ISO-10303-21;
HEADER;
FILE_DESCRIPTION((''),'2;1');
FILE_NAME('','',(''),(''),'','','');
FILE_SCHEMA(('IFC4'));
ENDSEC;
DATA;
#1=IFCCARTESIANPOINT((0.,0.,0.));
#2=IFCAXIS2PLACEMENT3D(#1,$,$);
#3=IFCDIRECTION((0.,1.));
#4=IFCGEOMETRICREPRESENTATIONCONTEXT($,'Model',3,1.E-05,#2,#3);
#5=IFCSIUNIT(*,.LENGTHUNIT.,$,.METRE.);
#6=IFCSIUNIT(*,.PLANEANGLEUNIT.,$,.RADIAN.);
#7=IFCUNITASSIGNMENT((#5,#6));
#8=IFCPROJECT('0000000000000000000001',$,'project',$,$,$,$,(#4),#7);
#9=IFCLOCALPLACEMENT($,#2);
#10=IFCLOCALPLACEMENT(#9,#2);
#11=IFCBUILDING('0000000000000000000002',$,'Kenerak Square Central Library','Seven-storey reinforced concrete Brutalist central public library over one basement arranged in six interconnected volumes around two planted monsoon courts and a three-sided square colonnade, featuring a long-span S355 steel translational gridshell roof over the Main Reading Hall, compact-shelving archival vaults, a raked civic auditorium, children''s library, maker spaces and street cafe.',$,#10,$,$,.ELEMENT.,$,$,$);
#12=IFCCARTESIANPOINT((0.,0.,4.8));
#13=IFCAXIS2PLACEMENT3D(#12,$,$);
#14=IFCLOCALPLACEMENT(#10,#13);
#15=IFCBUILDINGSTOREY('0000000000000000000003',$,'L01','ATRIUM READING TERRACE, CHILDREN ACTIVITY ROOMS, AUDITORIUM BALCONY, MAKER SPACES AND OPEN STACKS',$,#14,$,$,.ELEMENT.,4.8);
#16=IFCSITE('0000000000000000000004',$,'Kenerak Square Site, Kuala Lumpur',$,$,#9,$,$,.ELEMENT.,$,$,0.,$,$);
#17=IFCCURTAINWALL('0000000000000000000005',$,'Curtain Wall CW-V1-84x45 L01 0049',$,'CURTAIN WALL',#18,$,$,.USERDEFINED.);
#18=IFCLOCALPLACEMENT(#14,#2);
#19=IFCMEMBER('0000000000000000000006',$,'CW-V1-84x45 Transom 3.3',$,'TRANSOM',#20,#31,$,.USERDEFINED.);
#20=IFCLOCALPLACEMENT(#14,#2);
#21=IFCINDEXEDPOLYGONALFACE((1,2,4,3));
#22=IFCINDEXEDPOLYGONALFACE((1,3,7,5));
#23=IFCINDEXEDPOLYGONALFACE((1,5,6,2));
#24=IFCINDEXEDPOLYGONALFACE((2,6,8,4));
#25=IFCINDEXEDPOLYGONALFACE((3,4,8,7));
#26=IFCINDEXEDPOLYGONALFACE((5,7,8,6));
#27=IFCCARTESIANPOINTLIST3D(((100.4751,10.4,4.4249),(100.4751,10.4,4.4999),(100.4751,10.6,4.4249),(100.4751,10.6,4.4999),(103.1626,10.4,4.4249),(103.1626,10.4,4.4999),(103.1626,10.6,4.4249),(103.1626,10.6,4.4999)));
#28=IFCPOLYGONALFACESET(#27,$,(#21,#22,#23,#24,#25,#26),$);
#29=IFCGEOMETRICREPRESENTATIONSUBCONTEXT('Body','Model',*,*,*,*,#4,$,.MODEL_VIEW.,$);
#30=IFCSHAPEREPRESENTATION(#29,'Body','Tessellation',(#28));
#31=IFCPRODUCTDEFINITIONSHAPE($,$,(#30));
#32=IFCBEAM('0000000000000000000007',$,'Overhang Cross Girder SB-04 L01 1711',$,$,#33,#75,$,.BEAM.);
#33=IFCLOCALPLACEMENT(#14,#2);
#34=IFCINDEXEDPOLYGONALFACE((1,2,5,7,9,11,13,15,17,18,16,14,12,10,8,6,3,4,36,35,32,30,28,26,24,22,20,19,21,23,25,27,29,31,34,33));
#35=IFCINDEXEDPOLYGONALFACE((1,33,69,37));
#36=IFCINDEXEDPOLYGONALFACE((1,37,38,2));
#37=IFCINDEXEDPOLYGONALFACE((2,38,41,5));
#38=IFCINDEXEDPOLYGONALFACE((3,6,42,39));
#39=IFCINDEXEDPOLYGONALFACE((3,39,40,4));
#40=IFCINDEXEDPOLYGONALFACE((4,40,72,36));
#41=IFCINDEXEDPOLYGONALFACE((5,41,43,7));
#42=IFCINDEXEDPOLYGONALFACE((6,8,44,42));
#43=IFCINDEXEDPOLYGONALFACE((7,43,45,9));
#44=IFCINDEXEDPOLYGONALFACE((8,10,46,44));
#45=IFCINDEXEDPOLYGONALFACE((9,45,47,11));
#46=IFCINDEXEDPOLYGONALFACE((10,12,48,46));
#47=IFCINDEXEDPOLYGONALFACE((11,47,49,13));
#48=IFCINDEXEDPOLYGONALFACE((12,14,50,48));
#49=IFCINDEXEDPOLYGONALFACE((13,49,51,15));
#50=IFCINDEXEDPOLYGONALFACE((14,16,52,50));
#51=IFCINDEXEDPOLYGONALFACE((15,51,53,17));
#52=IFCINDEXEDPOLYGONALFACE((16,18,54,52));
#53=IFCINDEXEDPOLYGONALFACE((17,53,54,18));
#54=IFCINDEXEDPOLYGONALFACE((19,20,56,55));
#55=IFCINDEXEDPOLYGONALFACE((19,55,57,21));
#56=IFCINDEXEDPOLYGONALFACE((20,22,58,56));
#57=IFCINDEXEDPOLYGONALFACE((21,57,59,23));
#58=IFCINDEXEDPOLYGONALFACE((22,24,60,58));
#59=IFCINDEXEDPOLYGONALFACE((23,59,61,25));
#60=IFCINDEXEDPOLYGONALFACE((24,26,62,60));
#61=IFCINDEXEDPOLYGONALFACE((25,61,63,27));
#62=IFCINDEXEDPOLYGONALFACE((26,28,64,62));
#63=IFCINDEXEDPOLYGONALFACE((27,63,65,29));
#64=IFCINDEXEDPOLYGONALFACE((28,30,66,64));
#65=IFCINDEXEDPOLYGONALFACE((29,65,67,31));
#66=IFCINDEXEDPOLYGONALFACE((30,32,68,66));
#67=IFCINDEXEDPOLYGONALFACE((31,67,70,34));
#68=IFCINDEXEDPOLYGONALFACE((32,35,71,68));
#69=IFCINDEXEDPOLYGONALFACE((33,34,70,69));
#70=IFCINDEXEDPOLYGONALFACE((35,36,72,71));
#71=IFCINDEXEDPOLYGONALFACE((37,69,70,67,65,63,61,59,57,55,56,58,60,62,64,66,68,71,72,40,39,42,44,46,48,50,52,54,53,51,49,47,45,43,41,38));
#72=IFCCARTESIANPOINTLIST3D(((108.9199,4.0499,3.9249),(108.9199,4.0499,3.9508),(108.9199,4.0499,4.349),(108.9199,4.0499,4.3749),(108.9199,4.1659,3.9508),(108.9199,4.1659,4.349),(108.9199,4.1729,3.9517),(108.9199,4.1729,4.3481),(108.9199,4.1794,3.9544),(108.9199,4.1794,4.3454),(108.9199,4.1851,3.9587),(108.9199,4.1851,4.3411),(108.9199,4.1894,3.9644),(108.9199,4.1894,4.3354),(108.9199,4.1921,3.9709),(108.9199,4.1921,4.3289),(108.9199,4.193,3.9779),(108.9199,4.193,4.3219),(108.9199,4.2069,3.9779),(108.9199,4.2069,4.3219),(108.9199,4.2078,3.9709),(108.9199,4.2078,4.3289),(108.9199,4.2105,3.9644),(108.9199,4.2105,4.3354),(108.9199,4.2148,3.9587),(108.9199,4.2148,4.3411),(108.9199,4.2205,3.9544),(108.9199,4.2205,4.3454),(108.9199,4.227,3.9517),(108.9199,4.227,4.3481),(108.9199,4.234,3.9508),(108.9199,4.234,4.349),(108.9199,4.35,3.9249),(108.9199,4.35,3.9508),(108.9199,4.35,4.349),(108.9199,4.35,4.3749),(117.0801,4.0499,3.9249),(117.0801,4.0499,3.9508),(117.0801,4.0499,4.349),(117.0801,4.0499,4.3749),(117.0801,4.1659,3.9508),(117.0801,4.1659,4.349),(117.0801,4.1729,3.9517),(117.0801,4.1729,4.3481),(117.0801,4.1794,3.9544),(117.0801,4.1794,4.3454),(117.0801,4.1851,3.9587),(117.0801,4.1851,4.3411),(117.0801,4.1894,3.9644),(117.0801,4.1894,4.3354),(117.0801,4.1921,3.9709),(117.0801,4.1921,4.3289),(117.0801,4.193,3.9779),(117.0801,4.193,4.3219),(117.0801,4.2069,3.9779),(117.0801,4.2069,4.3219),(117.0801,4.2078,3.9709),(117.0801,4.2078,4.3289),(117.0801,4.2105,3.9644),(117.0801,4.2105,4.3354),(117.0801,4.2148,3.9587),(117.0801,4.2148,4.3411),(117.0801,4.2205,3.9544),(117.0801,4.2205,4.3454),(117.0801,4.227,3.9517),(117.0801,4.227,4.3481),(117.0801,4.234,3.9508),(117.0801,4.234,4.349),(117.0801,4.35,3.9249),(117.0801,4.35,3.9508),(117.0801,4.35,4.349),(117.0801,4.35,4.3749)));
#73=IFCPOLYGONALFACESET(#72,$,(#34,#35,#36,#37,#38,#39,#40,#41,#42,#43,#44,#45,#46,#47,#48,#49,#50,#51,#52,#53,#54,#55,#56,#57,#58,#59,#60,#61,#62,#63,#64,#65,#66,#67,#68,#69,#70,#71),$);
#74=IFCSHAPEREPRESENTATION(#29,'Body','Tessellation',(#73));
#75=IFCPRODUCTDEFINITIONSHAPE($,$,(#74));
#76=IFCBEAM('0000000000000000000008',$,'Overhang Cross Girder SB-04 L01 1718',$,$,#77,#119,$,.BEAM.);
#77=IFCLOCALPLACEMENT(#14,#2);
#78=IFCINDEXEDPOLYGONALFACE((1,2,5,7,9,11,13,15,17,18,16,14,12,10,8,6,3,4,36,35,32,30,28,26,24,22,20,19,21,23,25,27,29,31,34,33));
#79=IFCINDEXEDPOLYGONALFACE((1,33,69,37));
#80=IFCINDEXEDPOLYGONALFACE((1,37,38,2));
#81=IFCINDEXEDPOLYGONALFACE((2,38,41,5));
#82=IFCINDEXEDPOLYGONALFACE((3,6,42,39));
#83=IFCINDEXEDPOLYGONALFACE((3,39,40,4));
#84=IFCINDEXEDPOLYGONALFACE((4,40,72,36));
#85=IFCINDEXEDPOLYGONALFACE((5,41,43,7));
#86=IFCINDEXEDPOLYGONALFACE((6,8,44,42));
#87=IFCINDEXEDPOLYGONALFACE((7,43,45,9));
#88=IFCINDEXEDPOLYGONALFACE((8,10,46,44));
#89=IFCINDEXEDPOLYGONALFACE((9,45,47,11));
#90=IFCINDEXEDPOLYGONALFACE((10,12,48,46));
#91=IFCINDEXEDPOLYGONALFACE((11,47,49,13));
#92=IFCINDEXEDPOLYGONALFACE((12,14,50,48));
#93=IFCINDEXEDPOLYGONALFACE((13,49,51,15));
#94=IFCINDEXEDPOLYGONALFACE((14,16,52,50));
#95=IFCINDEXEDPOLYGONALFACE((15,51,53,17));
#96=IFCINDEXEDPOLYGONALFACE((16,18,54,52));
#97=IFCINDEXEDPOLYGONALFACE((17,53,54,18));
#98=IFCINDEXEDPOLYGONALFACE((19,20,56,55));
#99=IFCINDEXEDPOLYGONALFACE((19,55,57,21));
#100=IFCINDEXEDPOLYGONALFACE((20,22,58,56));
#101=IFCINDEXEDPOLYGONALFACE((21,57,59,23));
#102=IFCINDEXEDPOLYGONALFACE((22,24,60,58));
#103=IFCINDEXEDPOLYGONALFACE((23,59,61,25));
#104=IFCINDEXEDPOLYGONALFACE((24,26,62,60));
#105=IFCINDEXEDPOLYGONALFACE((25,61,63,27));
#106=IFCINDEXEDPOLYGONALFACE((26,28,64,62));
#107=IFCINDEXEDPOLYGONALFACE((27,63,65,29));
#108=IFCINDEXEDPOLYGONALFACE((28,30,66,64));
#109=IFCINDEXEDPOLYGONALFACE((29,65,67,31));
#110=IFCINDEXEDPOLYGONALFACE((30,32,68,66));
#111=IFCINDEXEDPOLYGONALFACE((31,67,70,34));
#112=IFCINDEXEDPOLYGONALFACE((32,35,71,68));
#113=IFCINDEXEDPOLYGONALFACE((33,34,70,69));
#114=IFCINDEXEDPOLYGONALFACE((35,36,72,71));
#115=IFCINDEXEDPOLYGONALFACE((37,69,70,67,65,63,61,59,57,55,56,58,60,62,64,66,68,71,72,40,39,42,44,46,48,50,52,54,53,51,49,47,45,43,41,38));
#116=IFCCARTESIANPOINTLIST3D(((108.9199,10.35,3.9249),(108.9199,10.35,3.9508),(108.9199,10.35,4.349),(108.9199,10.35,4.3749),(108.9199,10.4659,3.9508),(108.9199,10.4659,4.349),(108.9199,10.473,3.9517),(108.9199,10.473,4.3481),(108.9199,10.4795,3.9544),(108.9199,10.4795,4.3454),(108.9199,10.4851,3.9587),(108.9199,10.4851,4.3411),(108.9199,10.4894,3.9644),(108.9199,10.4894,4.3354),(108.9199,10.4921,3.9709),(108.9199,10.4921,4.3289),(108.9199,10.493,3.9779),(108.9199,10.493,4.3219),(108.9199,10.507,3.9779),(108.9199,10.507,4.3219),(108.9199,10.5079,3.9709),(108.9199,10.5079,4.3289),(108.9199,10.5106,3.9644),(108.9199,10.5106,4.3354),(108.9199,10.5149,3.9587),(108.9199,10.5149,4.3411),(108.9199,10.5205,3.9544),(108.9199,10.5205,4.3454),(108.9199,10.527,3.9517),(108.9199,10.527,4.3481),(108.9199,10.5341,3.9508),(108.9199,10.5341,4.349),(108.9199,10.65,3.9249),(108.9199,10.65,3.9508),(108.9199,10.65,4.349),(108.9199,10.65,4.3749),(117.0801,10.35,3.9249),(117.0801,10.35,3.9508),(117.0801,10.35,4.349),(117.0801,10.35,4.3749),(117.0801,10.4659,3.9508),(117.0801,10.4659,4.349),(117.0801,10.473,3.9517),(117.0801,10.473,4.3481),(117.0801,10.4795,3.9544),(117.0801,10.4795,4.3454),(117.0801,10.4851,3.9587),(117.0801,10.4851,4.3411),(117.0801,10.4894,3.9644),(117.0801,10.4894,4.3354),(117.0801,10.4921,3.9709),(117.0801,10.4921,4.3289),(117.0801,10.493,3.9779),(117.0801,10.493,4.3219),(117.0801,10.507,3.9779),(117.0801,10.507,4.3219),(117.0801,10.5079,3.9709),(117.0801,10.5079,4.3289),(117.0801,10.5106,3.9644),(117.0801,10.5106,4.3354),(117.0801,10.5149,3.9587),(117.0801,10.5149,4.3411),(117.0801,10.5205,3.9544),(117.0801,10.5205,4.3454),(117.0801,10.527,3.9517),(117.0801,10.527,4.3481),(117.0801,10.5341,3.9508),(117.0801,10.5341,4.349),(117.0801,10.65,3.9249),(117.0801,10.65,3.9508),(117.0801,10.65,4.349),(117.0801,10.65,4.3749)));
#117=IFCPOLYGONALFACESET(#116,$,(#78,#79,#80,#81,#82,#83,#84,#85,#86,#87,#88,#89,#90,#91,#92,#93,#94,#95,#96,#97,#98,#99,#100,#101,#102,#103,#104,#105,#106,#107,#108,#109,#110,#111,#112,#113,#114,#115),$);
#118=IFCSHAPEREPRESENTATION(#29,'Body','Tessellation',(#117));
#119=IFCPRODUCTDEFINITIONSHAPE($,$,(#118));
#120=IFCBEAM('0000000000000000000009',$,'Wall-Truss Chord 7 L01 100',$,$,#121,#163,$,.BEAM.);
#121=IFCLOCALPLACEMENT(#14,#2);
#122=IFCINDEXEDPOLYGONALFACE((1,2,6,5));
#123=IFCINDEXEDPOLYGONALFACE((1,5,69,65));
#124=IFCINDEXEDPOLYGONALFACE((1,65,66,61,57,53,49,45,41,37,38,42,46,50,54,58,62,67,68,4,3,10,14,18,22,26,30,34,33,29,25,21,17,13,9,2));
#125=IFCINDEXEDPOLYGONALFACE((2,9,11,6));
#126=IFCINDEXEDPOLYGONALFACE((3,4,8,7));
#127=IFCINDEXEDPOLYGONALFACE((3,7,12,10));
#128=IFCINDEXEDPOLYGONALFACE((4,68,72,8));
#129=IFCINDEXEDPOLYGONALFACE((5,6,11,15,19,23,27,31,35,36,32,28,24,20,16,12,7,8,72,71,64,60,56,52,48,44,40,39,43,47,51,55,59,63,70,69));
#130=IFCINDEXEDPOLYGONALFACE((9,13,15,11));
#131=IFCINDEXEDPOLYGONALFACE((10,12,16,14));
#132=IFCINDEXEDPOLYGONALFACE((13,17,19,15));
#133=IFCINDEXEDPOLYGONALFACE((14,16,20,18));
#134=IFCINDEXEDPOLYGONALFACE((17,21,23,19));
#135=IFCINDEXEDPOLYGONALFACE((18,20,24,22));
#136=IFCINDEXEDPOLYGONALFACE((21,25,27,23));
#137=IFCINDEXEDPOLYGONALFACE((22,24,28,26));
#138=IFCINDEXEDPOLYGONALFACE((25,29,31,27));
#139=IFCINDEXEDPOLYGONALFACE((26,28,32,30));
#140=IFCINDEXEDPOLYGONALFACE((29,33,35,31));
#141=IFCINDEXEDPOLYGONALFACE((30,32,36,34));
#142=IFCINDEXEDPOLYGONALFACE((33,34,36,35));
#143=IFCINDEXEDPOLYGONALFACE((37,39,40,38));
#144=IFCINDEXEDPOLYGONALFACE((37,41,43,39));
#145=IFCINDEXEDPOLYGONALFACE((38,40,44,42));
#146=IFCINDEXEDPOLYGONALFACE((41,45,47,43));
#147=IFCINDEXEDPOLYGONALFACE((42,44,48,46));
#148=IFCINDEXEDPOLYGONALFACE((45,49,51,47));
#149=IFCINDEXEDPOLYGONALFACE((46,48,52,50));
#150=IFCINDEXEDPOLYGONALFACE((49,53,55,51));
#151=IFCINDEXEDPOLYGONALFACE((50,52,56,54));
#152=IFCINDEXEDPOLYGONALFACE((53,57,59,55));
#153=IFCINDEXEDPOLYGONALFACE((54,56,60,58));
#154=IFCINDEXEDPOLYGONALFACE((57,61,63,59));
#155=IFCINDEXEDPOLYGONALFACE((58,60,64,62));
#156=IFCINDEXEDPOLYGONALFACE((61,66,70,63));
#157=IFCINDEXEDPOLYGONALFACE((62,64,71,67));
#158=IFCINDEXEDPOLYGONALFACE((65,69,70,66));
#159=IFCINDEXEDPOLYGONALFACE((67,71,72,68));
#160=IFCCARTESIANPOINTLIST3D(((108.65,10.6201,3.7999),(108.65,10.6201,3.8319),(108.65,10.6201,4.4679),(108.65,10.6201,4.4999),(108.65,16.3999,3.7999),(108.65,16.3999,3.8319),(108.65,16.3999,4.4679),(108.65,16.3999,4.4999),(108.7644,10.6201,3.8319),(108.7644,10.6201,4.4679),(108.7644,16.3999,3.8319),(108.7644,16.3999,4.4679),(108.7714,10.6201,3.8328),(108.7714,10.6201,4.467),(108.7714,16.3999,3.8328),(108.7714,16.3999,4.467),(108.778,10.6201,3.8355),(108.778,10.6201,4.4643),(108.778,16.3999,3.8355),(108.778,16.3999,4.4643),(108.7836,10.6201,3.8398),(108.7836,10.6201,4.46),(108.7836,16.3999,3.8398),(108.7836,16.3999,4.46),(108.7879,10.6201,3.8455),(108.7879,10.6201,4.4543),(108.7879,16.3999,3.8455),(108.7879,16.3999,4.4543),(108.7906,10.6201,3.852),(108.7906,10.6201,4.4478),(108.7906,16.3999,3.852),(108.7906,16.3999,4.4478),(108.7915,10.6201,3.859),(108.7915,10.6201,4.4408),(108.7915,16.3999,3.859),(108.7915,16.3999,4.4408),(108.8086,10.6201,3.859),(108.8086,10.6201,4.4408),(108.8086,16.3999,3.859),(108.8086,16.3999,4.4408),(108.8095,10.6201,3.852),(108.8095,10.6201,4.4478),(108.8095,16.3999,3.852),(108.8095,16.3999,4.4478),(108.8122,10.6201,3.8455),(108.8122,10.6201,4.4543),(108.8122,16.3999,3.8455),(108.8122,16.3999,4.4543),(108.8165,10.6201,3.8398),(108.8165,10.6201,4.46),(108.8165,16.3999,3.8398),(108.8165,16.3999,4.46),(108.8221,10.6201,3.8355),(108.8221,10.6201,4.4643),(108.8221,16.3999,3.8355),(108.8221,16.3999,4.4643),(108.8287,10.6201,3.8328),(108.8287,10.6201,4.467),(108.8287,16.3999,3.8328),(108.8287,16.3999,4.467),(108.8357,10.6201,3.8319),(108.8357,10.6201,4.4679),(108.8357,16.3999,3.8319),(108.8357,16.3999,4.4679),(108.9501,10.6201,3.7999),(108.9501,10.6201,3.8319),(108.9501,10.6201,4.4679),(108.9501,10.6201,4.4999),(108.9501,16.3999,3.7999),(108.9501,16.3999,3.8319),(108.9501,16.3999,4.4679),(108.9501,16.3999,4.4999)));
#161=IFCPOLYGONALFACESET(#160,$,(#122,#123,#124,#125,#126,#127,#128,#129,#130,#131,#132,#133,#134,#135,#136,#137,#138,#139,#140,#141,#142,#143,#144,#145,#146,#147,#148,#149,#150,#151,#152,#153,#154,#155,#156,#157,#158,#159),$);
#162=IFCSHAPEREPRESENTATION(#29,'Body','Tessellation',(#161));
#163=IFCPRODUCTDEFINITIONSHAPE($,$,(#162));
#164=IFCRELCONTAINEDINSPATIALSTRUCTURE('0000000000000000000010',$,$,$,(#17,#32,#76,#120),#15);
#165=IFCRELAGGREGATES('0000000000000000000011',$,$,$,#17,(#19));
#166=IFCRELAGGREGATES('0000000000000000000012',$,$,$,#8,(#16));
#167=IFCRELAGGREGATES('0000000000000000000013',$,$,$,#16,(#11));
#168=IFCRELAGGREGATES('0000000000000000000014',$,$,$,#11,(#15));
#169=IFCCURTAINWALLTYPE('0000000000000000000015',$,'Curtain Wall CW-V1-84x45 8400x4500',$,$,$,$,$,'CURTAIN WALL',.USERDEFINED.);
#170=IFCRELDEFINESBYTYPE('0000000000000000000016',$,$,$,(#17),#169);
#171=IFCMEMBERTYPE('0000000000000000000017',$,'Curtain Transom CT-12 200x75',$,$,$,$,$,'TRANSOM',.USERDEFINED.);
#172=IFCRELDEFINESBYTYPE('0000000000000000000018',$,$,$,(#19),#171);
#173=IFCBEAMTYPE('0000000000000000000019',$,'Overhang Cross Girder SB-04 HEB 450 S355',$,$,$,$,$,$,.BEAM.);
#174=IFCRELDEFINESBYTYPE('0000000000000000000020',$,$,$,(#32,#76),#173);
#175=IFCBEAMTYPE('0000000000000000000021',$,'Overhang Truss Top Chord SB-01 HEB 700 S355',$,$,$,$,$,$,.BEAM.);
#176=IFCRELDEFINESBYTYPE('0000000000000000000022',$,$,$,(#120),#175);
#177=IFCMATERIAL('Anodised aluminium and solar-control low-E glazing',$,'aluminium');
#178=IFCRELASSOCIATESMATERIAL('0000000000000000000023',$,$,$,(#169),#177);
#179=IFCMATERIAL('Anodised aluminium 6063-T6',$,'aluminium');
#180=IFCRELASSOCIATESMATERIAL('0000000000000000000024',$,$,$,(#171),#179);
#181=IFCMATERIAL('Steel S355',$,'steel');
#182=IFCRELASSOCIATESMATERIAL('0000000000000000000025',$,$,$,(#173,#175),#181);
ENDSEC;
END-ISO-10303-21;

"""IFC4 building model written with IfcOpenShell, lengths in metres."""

from ifc_helpers import new_model, si_unit, direction, frame, origin, origin_2d, place, context, subcontext, project, spatial, rectangle, i_section, extrude, material, material_profile, profile_set, type_object, element, aggregate, save


model = new_model("IFC4")

# Units and contexts
model_context = context("Model", 3, precision=1e-05, world=origin(), true_north=direction((0.0, 1.0)))
body_context = subcontext(model_context, "Body", "Model", "MODEL_VIEW")
ifc_project = project(units=[si_unit("LENGTHUNIT", "METRE"), si_unit("PLANEANGLEUNIT", "RADIAN")], contexts=[model_context])

# Site, building, storey
site_placement = place(None, origin())
site = spatial("IfcSite", under=ifc_project, at=site_placement, Name="Kenerak Square Site, Kuala Lumpur", CompositionType="ELEMENT", RefElevation=0.0)
building_placement = place(site_placement, origin())
building = spatial("IfcBuilding", under=site, at=building_placement, Name="Kenerak Square Central Library", Description="Seven-storey reinforced concrete Brutalist central public library over one basement arranged in six interconnected volumes around two planted monsoon courts and a three-sided square colonnade, featuring a long-span S355 steel translational gridshell roof over the Main Reading Hall, compact-shelving archival vaults, a raked civic auditorium, children's library, maker spaces and street cafe.", CompositionType="ELEMENT")
storey_placement = place(building_placement, frame((0.0, 0.0, 4.8)))
storey = spatial("IfcBuildingStorey", under=building, at=storey_placement, Name="L01", Description="ATRIUM READING TERRACE, CHILDREN ACTIVITY ROOMS, AUDITORIUM BALCONY, MAKER SPACES AND OPEN STACKS", CompositionType="ELEMENT", Elevation=4.8)

# Shared definitions
ifc_material_1 = material(Name="Anodised aluminium and solar-control low-E glazing", Category="aluminium")
curtain_wall_type = type_object("IfcCurtainWallType", Name="Curtain Wall CW-V1-84x45 8400x4500", ElementType="CURTAIN WALL", PredefinedType="USERDEFINED", material=ifc_material_1)
ifc_material_2 = material(Name="Anodised aluminium 6063-T6", Category="aluminium")

# Curtain wall, member
curtain_wall_1_placement = place(storey_placement, origin())
curtain_wall_1 = element("IfcCurtainWall", 1, at=curtain_wall_1_placement, inside=storey, type_object=curtain_wall_type, Name="Curtain Wall CW-V1-84x45 L01 0049", ObjectType="CURTAIN WALL", PredefinedType="USERDEFINED")
ifc_material_profile_1 = material_profile(ifc_material_2, rectangle(XDim=0.2, YDim=0.075, at=origin_2d()), Name="AL TRANSOM 200x75")
ifc_profile_set_1 = profile_set([ifc_material_profile_1], Name="Anodised aluminium 6063-T6")
member_type_1 = type_object("IfcMemberType", Name="Curtain Transom CT-12 200x75", ElementType="TRANSOM", PredefinedType="USERDEFINED", material=ifc_profile_set_1)
member_1_placement = place(storey_placement, frame((103.1626, 10.5, 4.4624), z_axis=(-1.0, 0.0, 0.0), x_axis=(0.0, -1.0, 0.0)))
member_1 = element("IfcMember", 2, at=member_1_placement, type_object=member_type_1, Name="CW-V1-84x45 Transom 3.3", ObjectType="TRANSOM", PredefinedType="USERDEFINED", context=body_context, shape_type="SweptSolid", body=[
    extrude(rectangle(XDim=0.2, YDim=0.075, at=origin_2d()), origin(), (0.0, 0.0, 1.0), 2.6875),
])

# Beams
ifc_material_3 = material(Name="Steel S355", Category="steel")
ifc_material_profile_2 = material_profile(ifc_material_3, i_section(OverallWidth=0.3, OverallDepth=0.45, WebThickness=0.0139, FlangeThickness=0.0259, FilletRadius=0.0271, at=origin_2d()), Name="HEB 450")
ifc_profile_set_2 = profile_set([ifc_material_profile_2], Name="Steel S355")
beam_type_1 = type_object("IfcBeamType", Name="Overhang Cross Girder SB-04 HEB 450 S355", PredefinedType="BEAM", material=ifc_profile_set_2)
for number, where, z_axis, x_axis, name in (
    (3, (108.9199, 4.2, 4.1499), (1.0, 0.0, 0.0), (0.0, 1.0, 0.0), "Overhang Cross Girder SB-04 L01 1711"),
    (4, (108.9199, 10.5, 4.1499), (1.0, 0.0, 0.0), (0.0, 1.0, 0.0), "Overhang Cross Girder SB-04 L01 1718"),
):
    element("IfcBeam", number, at=place(storey_placement, frame(where, z_axis=z_axis, x_axis=x_axis)), inside=storey, type_object=beam_type_1, Name=name, PredefinedType="BEAM", context=body_context, shape_type="SweptSolid", body=[
        extrude(i_section(OverallWidth=0.3, OverallDepth=0.45, WebThickness=0.0139, FlangeThickness=0.0259, FilletRadius=0.0271, at=origin_2d()), origin(), (0.0, 0.0, 1.0), 8.1602),
    ])
ifc_material_profile_3 = material_profile(ifc_material_3, i_section(OverallWidth=0.3, OverallDepth=0.7, WebThickness=0.0171, FlangeThickness=0.032, FilletRadius=0.0271, at=origin_2d()), Name="HEB 700")
ifc_profile_set_3 = profile_set([ifc_material_profile_3], Name="Steel S355")
beam_type_2 = type_object("IfcBeamType", Name="Overhang Truss Top Chord SB-01 HEB 700 S355", PredefinedType="BEAM", material=ifc_profile_set_3)
beam_placement = place(storey_placement, frame((108.8, 10.6201, 4.1499), z_axis=(0.0, 1.0, 0.0), x_axis=(-1.0, 0.0, 0.0)))
element("IfcBeam", 5, at=beam_placement, inside=storey, type_object=beam_type_2, Name="Wall-Truss Chord 7 L01 100", PredefinedType="BEAM", context=body_context, shape_type="SweptSolid", body=[
    extrude(i_section(OverallWidth=0.3, OverallDepth=0.7, WebThickness=0.0171, FlangeThickness=0.032, FilletRadius=0.0271, at=origin_2d()), origin(), (0.0, 0.0, 1.0), 5.7798),
])

aggregate(curtain_wall_1, [member_1])

save(model, "model.ifc")
